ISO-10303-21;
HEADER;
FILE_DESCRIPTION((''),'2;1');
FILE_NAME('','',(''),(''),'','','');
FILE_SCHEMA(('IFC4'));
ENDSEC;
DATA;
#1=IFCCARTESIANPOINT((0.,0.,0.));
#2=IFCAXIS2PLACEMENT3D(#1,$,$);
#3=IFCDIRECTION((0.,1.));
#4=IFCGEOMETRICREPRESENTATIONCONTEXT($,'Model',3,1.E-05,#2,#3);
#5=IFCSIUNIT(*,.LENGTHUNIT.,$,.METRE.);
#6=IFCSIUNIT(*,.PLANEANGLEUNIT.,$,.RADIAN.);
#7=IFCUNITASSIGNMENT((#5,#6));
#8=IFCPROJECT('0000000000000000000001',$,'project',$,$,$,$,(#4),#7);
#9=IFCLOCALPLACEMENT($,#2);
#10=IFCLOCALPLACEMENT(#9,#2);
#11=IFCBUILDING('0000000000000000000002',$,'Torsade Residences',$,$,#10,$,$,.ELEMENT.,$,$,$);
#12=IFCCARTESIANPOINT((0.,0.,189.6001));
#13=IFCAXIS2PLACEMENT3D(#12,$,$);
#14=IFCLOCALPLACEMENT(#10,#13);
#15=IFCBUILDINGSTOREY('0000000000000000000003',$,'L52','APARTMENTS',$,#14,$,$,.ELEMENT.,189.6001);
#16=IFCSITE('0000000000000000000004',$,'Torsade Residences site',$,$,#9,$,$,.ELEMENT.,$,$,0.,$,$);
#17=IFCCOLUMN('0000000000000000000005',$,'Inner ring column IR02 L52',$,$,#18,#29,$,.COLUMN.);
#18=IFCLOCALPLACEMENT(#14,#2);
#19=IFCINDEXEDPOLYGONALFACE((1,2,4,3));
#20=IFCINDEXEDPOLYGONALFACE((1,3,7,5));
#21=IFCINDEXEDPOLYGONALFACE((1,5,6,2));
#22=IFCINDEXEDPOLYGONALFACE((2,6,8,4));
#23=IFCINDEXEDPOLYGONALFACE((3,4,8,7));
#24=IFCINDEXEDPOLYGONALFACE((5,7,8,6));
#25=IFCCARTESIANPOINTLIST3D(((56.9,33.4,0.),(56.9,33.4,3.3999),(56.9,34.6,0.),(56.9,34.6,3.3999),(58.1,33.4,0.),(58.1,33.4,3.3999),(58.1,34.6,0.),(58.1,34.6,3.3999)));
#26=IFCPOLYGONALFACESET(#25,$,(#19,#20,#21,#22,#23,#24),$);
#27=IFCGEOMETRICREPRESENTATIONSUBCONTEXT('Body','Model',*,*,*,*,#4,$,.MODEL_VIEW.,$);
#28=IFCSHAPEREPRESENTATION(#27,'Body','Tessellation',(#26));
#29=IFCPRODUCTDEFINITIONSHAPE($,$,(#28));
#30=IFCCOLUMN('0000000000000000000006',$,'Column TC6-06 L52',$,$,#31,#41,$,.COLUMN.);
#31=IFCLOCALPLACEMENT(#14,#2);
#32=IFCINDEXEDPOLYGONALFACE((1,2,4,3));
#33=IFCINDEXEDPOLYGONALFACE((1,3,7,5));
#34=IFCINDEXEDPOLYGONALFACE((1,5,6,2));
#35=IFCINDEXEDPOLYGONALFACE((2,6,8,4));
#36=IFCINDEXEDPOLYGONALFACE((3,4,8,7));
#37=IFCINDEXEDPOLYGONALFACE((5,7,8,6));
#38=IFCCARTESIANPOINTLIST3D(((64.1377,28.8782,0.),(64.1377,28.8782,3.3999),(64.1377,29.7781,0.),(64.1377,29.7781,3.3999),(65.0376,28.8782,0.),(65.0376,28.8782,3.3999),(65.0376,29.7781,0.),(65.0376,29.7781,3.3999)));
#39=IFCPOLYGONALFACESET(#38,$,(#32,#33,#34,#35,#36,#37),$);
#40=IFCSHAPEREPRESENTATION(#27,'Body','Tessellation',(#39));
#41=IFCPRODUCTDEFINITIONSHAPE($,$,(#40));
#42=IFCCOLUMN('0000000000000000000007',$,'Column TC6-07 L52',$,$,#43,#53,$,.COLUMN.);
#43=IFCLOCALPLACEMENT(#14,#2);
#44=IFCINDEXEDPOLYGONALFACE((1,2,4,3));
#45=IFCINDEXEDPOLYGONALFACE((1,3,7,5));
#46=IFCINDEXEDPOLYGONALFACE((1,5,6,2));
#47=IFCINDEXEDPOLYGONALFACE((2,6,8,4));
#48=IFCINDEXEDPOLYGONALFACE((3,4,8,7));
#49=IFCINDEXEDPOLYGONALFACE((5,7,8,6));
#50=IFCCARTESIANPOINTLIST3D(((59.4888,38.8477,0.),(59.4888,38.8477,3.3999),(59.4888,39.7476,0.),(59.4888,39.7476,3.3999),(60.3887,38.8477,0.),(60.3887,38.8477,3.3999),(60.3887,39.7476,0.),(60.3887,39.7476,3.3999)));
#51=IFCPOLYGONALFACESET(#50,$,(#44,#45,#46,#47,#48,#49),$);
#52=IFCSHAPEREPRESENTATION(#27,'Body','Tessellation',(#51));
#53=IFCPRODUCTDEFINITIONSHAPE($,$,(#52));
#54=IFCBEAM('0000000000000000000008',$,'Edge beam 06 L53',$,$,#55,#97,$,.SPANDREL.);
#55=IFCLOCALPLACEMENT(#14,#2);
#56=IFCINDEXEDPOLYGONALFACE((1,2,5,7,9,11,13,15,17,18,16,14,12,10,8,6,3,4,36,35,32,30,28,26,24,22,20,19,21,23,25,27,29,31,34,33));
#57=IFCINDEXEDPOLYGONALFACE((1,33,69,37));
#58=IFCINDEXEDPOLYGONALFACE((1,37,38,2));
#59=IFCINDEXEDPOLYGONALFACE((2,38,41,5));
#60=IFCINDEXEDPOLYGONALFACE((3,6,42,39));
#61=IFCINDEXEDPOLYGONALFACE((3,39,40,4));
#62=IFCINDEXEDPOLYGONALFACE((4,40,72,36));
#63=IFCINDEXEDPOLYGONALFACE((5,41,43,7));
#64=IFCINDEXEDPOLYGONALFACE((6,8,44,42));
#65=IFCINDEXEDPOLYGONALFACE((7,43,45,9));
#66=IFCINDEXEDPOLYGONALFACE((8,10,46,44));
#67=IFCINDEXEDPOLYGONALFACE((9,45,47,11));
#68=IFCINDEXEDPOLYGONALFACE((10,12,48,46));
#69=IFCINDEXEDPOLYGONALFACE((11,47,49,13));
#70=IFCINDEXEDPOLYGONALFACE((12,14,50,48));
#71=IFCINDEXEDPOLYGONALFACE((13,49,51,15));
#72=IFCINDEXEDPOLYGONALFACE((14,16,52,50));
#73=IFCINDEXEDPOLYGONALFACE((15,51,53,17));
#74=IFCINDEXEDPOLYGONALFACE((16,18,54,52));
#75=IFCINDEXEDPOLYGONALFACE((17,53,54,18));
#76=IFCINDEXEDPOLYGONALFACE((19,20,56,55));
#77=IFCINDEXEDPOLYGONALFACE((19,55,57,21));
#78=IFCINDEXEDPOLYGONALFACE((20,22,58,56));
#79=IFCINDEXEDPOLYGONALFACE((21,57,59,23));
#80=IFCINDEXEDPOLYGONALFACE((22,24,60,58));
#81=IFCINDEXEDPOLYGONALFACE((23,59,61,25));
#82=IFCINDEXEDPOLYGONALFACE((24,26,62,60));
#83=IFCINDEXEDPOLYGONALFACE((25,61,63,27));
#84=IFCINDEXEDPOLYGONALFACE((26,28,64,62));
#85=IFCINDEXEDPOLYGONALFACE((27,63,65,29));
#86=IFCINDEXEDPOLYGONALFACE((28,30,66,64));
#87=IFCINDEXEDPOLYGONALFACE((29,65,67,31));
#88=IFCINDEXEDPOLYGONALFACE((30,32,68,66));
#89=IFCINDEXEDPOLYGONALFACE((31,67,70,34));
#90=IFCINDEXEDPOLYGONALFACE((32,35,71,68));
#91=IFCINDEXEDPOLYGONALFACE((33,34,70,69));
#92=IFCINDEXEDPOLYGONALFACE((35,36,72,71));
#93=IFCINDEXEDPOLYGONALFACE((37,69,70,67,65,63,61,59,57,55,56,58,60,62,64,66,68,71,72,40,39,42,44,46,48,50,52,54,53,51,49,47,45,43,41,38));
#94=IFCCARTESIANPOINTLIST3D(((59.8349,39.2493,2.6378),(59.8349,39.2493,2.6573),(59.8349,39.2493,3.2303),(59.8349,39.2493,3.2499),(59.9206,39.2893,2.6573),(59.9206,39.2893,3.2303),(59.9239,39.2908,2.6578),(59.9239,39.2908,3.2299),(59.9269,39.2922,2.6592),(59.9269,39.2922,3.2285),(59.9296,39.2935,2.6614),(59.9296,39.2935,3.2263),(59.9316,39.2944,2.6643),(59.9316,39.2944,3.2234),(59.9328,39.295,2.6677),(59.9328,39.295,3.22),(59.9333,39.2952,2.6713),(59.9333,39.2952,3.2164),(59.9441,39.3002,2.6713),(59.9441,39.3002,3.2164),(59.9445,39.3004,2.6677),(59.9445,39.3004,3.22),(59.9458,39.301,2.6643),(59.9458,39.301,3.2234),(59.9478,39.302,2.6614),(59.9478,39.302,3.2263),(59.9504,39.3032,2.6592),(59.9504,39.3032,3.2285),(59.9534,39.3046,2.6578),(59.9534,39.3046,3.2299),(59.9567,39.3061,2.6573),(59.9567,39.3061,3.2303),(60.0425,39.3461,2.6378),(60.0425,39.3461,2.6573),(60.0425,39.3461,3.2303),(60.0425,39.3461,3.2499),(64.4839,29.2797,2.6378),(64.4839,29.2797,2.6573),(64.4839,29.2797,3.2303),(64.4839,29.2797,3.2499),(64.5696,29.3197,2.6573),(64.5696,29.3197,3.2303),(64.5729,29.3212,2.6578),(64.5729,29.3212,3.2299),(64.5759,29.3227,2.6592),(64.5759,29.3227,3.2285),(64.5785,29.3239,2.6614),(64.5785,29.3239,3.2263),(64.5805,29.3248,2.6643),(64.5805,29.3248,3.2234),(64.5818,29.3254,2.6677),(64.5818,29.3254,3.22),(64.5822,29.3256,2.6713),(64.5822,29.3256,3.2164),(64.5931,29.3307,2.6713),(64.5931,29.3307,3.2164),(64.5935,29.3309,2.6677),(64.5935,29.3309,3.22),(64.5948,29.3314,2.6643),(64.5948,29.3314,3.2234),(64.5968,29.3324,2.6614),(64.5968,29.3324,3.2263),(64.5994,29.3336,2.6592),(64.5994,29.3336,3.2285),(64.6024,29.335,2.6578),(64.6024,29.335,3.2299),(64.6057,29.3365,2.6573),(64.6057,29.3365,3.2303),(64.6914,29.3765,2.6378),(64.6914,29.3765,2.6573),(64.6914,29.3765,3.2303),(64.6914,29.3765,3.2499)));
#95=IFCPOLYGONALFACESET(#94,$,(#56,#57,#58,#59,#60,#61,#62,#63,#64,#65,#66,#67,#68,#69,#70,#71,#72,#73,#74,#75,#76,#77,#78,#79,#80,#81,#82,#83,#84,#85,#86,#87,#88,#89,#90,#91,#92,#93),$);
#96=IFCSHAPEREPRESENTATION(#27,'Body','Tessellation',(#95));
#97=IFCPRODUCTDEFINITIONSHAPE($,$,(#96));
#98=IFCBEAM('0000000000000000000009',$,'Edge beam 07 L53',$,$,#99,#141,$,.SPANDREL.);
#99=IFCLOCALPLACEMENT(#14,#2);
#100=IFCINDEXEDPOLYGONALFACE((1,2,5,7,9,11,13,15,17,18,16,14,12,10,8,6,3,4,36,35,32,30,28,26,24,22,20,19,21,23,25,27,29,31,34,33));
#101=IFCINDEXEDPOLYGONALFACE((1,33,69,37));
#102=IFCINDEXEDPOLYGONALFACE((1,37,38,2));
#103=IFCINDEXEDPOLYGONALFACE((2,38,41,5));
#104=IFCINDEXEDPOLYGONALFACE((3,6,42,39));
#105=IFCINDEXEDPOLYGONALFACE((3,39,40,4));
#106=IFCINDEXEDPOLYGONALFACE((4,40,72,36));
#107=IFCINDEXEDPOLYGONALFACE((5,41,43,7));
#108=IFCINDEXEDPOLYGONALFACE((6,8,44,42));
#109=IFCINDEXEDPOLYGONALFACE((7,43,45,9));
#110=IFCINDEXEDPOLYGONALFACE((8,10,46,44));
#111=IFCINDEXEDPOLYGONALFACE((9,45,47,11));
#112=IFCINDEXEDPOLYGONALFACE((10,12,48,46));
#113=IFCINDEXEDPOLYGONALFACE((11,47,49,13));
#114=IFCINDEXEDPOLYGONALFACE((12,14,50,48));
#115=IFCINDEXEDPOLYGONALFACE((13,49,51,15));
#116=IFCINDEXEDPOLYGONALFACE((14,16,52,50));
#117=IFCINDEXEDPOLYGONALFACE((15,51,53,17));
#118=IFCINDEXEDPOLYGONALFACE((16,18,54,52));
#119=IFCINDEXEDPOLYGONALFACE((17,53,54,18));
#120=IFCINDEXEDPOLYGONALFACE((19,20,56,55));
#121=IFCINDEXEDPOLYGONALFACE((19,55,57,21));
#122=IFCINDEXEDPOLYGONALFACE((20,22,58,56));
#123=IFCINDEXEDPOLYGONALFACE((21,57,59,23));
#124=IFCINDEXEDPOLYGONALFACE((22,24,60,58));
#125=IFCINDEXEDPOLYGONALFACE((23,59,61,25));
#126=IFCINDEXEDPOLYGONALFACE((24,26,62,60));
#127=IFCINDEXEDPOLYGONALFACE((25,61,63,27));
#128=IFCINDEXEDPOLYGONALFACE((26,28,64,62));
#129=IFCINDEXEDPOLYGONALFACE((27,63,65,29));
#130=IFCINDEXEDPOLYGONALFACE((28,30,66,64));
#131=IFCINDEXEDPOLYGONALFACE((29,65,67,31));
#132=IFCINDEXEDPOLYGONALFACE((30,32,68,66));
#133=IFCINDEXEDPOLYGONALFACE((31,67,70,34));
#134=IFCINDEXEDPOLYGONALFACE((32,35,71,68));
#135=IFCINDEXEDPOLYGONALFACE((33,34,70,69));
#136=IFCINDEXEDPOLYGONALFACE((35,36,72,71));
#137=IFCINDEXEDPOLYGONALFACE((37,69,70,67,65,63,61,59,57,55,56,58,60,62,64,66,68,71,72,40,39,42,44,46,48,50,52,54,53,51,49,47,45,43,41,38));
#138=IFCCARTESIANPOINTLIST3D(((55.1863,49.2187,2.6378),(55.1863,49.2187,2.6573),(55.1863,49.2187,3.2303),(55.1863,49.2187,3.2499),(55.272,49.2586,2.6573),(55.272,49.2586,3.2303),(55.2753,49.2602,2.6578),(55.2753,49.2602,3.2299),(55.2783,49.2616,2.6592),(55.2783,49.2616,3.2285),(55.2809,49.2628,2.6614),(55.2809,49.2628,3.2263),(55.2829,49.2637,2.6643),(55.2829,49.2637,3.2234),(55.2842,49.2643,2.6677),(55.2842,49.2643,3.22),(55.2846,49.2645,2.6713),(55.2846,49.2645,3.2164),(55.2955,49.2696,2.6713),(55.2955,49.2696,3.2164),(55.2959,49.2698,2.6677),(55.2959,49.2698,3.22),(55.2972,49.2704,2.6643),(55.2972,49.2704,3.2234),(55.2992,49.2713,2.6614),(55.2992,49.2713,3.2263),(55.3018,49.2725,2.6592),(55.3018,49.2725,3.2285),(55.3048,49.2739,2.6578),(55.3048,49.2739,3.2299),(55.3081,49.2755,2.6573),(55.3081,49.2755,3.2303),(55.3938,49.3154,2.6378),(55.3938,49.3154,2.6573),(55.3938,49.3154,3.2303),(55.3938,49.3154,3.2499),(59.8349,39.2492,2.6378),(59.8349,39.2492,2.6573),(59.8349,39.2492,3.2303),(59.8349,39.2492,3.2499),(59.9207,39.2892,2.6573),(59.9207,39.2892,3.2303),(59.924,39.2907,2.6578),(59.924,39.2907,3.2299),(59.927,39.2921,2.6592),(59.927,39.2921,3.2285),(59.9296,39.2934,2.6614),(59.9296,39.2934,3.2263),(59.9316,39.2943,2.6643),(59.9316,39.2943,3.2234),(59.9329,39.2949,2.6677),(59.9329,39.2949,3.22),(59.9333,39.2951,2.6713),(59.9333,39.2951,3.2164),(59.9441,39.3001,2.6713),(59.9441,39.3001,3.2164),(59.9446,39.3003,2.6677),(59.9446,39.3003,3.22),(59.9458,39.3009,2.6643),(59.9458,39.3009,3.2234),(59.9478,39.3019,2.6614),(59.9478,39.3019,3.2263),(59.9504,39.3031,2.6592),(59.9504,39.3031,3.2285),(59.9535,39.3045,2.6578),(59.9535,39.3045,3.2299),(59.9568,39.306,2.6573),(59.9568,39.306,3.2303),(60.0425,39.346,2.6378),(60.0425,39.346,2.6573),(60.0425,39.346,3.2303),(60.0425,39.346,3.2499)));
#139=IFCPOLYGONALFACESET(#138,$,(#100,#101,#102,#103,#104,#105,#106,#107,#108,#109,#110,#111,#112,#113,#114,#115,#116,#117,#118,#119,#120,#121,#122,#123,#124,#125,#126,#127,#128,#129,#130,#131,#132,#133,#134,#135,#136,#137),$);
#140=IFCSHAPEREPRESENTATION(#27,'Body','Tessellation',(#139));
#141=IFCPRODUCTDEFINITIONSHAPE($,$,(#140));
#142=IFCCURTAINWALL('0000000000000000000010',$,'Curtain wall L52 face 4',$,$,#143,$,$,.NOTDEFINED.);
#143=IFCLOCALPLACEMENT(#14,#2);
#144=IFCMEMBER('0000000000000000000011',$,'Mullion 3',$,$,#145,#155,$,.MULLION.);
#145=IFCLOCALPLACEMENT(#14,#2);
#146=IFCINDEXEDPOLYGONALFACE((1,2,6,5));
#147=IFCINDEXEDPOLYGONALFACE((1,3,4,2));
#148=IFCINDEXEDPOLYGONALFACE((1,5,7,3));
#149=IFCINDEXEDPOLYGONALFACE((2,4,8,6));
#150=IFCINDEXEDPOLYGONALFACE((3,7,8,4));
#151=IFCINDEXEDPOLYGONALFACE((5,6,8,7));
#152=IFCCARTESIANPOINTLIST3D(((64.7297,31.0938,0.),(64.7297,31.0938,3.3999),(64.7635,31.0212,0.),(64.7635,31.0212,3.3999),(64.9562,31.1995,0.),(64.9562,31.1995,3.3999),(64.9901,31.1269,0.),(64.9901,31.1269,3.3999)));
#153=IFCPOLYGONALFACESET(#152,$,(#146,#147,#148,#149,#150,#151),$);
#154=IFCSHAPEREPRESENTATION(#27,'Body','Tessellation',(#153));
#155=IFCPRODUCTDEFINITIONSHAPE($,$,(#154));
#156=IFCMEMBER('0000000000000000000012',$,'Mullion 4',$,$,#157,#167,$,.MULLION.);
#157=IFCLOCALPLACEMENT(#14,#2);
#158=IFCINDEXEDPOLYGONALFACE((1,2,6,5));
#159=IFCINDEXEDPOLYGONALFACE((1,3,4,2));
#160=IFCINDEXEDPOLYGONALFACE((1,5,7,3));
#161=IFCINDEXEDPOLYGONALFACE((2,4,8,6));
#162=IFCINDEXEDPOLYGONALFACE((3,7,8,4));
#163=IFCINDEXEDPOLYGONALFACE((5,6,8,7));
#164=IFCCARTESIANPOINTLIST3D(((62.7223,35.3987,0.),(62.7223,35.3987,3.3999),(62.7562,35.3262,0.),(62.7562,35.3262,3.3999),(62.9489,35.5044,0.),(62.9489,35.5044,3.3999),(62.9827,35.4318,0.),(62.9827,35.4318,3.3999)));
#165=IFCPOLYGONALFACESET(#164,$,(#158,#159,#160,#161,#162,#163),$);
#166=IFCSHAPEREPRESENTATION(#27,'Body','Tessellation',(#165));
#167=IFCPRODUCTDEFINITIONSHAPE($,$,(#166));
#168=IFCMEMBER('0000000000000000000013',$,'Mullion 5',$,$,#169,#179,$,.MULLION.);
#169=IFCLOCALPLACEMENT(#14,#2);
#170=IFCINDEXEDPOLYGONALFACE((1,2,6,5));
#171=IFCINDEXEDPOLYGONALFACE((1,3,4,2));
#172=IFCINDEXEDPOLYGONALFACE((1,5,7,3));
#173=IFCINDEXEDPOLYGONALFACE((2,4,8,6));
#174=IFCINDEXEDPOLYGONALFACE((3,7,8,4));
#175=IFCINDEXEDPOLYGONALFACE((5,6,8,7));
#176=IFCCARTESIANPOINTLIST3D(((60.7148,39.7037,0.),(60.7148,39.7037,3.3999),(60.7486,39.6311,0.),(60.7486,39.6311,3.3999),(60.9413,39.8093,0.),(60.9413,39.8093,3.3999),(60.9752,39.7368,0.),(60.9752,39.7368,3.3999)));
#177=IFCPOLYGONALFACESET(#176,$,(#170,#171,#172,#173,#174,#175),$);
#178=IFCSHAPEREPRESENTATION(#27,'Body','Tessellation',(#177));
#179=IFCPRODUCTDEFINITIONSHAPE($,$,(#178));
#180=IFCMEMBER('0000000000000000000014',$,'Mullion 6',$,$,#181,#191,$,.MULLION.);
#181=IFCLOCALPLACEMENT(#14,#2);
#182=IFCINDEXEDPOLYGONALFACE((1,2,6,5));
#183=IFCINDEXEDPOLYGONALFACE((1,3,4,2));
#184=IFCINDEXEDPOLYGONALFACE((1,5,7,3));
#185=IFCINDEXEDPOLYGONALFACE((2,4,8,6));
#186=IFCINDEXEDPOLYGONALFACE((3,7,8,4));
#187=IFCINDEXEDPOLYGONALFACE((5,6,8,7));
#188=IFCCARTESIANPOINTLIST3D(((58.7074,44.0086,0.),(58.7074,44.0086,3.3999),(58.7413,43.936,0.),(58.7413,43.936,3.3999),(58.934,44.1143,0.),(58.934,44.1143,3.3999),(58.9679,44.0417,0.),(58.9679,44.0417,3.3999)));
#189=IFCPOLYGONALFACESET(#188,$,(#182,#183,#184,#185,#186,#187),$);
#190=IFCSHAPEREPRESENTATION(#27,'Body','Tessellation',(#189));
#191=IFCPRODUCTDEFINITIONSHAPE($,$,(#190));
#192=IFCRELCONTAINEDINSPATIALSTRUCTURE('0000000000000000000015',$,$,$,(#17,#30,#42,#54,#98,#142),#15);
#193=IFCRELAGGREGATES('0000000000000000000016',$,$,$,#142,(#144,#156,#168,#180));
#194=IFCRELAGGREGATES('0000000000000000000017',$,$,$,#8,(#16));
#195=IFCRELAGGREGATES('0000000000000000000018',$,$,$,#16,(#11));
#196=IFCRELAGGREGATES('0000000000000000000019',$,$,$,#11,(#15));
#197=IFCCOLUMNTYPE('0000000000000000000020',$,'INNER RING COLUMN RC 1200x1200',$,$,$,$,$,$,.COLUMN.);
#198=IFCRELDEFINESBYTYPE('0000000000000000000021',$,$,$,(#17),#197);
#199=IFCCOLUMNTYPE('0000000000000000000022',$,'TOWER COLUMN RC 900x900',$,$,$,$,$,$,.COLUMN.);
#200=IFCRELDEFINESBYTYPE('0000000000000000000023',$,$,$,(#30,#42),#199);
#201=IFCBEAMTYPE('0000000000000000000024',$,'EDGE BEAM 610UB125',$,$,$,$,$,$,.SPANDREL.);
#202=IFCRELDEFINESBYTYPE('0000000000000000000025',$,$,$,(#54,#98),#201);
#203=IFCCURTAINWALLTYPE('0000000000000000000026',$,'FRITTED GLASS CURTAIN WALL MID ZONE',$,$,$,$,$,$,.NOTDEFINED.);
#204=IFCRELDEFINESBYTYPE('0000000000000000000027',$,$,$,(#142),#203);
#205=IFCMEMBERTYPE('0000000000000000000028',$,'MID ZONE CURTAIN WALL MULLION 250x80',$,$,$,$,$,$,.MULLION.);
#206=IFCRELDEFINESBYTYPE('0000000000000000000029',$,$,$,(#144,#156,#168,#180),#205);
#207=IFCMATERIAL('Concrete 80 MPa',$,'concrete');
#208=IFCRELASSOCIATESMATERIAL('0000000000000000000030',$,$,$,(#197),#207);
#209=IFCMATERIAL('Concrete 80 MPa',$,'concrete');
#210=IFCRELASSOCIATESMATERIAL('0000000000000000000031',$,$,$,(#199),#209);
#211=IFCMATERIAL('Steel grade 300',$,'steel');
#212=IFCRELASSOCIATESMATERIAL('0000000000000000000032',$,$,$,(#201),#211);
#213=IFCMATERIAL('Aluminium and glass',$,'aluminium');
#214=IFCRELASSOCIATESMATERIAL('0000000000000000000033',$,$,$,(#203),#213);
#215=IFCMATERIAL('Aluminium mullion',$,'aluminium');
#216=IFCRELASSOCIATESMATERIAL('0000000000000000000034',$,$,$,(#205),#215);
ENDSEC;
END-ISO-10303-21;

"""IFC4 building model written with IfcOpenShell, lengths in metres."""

from ifc_helpers import new_model, si_unit, direction, frame, origin, origin_2d, place, context, subcontext, project, spatial, rectangle, i_section, extrude, material, material_profile, profile_set, type_object, element, aggregate, save


model = new_model("IFC4")

# Units and contexts
model_context = context("Model", 3, precision=1e-05, world=origin(), true_north=direction((0.0, 1.0)))
body_context = subcontext(model_context, "Body", "Model", "MODEL_VIEW")
ifc_project = project(units=[si_unit("LENGTHUNIT", "METRE"), si_unit("PLANEANGLEUNIT", "RADIAN")], contexts=[model_context])

# Site, building, storey
site_placement = place(None, origin())
site = spatial("IfcSite", under=ifc_project, at=site_placement, Name="Torsade Residences site", CompositionType="ELEMENT", RefElevation=0.0)
building_placement = place(site_placement, origin())
building = spatial("IfcBuilding", under=site, at=building_placement, Name="Torsade Residences", CompositionType="ELEMENT")
storey_placement = place(building_placement, frame((0.0, 0.0, 189.6001)))
storey = spatial("IfcBuildingStorey", under=building, at=storey_placement, Name="L52", Description="APARTMENTS", CompositionType="ELEMENT", Elevation=189.6001)

# Columns
ifc_material_1 = material(Name="Concrete 80 MPa", Category="concrete")
ifc_material_profile_1 = material_profile(ifc_material_1, rectangle(XDim=1.2, YDim=1.2, at=origin_2d()), Name="RC 1200x1200")
ifc_profile_set_1 = profile_set([ifc_material_profile_1], Name="Concrete 80 MPa")
column_type_1 = type_object("IfcColumnType", Name="INNER RING COLUMN RC 1200x1200", PredefinedType="COLUMN", material=ifc_profile_set_1)
column_placement = place(storey_placement, frame((57.5, 34.0, 0.0), z_axis=(0.0, 0.0, 1.0), x_axis=(1.0, 0.0, 0.0)))
element("IfcColumn", 1, at=column_placement, inside=storey, type_object=column_type_1, Name="Inner ring column IR02 L52", PredefinedType="COLUMN", context=body_context, shape_type="SweptSolid", body=[
    extrude(rectangle(XDim=1.2, YDim=1.2, at=origin_2d()), origin(), (0.0, 0.0, 1.0), 3.3999),
])
ifc_material_2 = material(Name="Concrete 80 MPa", Category="concrete")
ifc_material_profile_2 = material_profile(ifc_material_2, rectangle(XDim=0.8999, YDim=0.8999, at=origin_2d()), Name="RC 900x900")
ifc_profile_set_2 = profile_set([ifc_material_profile_2], Name="Concrete 80 MPa")
column_type_2 = type_object("IfcColumnType", Name="TOWER COLUMN RC 900x900", PredefinedType="COLUMN", material=ifc_profile_set_2)
for number, where, z_axis, x_axis, name in (
    (2, (64.5876, 29.3281, 0.0), (0.0, 0.0, 1.0), (1.0, 0.0, 0.0), "Column TC6-06 L52"),
    (3, (59.9387, 39.2976, 0.0), (0.0, 0.0, 1.0), (1.0, 0.0, 0.0), "Column TC6-07 L52"),
):
    element("IfcColumn", number, at=place(storey_placement, frame(where, z_axis=z_axis, x_axis=x_axis)), inside=storey, type_object=column_type_2, Name=name, PredefinedType="COLUMN", context=body_context, shape_type="SweptSolid", body=[
        extrude(rectangle(XDim=0.8999, YDim=0.8999, at=origin_2d()), origin(), (0.0, 0.0, 1.0), 3.3999),
    ])

# Beams
ifc_material_3 = material(Name="Steel grade 300", Category="steel")
ifc_material_profile_3 = material_profile(ifc_material_3, i_section(OverallWidth=0.229, OverallDepth=0.6121, WebThickness=0.012, FlangeThickness=0.0195, FilletRadius=0.0139, at=origin_2d()), Name="610UB125")
ifc_profile_set_3 = profile_set([ifc_material_profile_3], Name="Steel grade 300")
beam_type_1 = type_object("IfcBeamType", Name="EDGE BEAM 610UB125", PredefinedType="SPANDREL", material=ifc_profile_set_3)
beam_1_placement = place(storey_placement, frame((64.5876, 29.3281, 2.9438), z_axis=(-0.422624, 0.906305, 0.0), x_axis=(-0.906305, -0.422624, 0.0)))
element("IfcBeam", 4, at=beam_1_placement, inside=storey, type_object=beam_type_1, Name="Edge beam 06 L53", PredefinedType="SPANDREL", context=body_context, shape_type="SweptSolid", body=[
    extrude(i_section(OverallWidth=0.229, OverallDepth=0.6121, WebThickness=0.012, FlangeThickness=0.0195, FilletRadius=0.0139, at=origin_2d()), origin(), (0.0, 0.0, 1.0), 11.0002),
])
beam_2_placement = place(storey_placement, frame((59.9387, 39.2976, 2.9438), z_axis=(-0.422606, 0.906314, 0.0), x_axis=(-0.906314, -0.422606, 0.0)))
element("IfcBeam", 5, at=beam_2_placement, inside=storey, type_object=beam_type_1, Name="Edge beam 07 L53", PredefinedType="SPANDREL", context=body_context, shape_type="SweptSolid", body=[
    extrude(i_section(OverallWidth=0.229, OverallDepth=0.6121, WebThickness=0.012, FlangeThickness=0.0195, FilletRadius=0.0139, at=origin_2d()), origin(), (0.0, 0.0, 1.0), 11.0),
])

# Curtain wall, members
ifc_material_4 = material(Name="Aluminium and glass", Category="aluminium")
curtain_wall_type = type_object("IfcCurtainWallType", Name="FRITTED GLASS CURTAIN WALL MID ZONE", PredefinedType="NOTDEFINED", material=ifc_material_4)
curtain_wall_placement = place(storey_placement, origin())
curtain_wall = element("IfcCurtainWall", 6, at=curtain_wall_placement, inside=storey, type_object=curtain_wall_type, Name="Curtain wall L52 face 4", PredefinedType="NOTDEFINED")
ifc_material_5 = material(Name="Aluminium mullion", Category="aluminium")
ifc_material_profile_4 = material_profile(ifc_material_5, rectangle(XDim=0.25, YDim=0.0801, at=origin_2d()), Name="MID ZONE CURTAIN WALL MULLION 250x80")
ifc_profile_set_4 = profile_set([ifc_material_profile_4], Name="Aluminium mullion")
member_type_1 = type_object("IfcMemberType", Name="MID ZONE CURTAIN WALL MULLION 250x80", PredefinedType="MULLION", material=ifc_profile_set_4)
member_1_placement = place(storey_placement, frame((64.8599, 31.1104, 0.0), z_axis=(0.0, 0.0, 1.0), x_axis=(-0.906308, -0.422618, 0.0)))
member_1 = element("IfcMember", 7, at=member_1_placement, type_object=member_type_1, Name="Mullion 3", PredefinedType="MULLION", context=body_context, shape_type="SweptSolid", body=[
    extrude(rectangle(XDim=0.25, YDim=0.0801, at=origin_2d()), origin(), (0.0, 0.0, 1.0), 3.3999),
])
member_2_placement = place(storey_placement, frame((62.8525, 35.4153, 0.0), z_axis=(0.0, 0.0, 1.0), x_axis=(-0.906308, -0.422618, 0.0)))
member_2 = element("IfcMember", 8, at=member_2_placement, type_object=member_type_1, Name="Mullion 4", PredefinedType="MULLION", context=body_context, shape_type="SweptSolid", body=[
    extrude(rectangle(XDim=0.25, YDim=0.0801, at=origin_2d()), origin(), (0.0, 0.0, 1.0), 3.3999),
])
member_3_placement = place(storey_placement, frame((60.845, 39.7202, 0.0), z_axis=(0.0, 0.0, 1.0), x_axis=(-0.906308, -0.422618, 0.0)))
member_3 = element("IfcMember", 9, at=member_3_placement, type_object=member_type_1, Name="Mullion 5", PredefinedType="MULLION", context=body_context, shape_type="SweptSolid", body=[
    extrude(rectangle(XDim=0.25, YDim=0.0801, at=origin_2d()), origin(), (0.0, 0.0, 1.0), 3.3999),
])
member_4_placement = place(storey_placement, frame((58.8376, 44.0251, 0.0), z_axis=(0.0, 0.0, 1.0), x_axis=(-0.906308, -0.422618, 0.0)))
member_4 = element("IfcMember", 10, at=member_4_placement, type_object=member_type_1, Name="Mullion 6", PredefinedType="MULLION", context=body_context, shape_type="SweptSolid", body=[
    extrude(rectangle(XDim=0.25, YDim=0.0801, at=origin_2d()), origin(), (0.0, 0.0, 1.0), 3.3999),
])

aggregate(curtain_wall, [member_1, member_2, member_3, member_4])

save(model, "model.ifc")
